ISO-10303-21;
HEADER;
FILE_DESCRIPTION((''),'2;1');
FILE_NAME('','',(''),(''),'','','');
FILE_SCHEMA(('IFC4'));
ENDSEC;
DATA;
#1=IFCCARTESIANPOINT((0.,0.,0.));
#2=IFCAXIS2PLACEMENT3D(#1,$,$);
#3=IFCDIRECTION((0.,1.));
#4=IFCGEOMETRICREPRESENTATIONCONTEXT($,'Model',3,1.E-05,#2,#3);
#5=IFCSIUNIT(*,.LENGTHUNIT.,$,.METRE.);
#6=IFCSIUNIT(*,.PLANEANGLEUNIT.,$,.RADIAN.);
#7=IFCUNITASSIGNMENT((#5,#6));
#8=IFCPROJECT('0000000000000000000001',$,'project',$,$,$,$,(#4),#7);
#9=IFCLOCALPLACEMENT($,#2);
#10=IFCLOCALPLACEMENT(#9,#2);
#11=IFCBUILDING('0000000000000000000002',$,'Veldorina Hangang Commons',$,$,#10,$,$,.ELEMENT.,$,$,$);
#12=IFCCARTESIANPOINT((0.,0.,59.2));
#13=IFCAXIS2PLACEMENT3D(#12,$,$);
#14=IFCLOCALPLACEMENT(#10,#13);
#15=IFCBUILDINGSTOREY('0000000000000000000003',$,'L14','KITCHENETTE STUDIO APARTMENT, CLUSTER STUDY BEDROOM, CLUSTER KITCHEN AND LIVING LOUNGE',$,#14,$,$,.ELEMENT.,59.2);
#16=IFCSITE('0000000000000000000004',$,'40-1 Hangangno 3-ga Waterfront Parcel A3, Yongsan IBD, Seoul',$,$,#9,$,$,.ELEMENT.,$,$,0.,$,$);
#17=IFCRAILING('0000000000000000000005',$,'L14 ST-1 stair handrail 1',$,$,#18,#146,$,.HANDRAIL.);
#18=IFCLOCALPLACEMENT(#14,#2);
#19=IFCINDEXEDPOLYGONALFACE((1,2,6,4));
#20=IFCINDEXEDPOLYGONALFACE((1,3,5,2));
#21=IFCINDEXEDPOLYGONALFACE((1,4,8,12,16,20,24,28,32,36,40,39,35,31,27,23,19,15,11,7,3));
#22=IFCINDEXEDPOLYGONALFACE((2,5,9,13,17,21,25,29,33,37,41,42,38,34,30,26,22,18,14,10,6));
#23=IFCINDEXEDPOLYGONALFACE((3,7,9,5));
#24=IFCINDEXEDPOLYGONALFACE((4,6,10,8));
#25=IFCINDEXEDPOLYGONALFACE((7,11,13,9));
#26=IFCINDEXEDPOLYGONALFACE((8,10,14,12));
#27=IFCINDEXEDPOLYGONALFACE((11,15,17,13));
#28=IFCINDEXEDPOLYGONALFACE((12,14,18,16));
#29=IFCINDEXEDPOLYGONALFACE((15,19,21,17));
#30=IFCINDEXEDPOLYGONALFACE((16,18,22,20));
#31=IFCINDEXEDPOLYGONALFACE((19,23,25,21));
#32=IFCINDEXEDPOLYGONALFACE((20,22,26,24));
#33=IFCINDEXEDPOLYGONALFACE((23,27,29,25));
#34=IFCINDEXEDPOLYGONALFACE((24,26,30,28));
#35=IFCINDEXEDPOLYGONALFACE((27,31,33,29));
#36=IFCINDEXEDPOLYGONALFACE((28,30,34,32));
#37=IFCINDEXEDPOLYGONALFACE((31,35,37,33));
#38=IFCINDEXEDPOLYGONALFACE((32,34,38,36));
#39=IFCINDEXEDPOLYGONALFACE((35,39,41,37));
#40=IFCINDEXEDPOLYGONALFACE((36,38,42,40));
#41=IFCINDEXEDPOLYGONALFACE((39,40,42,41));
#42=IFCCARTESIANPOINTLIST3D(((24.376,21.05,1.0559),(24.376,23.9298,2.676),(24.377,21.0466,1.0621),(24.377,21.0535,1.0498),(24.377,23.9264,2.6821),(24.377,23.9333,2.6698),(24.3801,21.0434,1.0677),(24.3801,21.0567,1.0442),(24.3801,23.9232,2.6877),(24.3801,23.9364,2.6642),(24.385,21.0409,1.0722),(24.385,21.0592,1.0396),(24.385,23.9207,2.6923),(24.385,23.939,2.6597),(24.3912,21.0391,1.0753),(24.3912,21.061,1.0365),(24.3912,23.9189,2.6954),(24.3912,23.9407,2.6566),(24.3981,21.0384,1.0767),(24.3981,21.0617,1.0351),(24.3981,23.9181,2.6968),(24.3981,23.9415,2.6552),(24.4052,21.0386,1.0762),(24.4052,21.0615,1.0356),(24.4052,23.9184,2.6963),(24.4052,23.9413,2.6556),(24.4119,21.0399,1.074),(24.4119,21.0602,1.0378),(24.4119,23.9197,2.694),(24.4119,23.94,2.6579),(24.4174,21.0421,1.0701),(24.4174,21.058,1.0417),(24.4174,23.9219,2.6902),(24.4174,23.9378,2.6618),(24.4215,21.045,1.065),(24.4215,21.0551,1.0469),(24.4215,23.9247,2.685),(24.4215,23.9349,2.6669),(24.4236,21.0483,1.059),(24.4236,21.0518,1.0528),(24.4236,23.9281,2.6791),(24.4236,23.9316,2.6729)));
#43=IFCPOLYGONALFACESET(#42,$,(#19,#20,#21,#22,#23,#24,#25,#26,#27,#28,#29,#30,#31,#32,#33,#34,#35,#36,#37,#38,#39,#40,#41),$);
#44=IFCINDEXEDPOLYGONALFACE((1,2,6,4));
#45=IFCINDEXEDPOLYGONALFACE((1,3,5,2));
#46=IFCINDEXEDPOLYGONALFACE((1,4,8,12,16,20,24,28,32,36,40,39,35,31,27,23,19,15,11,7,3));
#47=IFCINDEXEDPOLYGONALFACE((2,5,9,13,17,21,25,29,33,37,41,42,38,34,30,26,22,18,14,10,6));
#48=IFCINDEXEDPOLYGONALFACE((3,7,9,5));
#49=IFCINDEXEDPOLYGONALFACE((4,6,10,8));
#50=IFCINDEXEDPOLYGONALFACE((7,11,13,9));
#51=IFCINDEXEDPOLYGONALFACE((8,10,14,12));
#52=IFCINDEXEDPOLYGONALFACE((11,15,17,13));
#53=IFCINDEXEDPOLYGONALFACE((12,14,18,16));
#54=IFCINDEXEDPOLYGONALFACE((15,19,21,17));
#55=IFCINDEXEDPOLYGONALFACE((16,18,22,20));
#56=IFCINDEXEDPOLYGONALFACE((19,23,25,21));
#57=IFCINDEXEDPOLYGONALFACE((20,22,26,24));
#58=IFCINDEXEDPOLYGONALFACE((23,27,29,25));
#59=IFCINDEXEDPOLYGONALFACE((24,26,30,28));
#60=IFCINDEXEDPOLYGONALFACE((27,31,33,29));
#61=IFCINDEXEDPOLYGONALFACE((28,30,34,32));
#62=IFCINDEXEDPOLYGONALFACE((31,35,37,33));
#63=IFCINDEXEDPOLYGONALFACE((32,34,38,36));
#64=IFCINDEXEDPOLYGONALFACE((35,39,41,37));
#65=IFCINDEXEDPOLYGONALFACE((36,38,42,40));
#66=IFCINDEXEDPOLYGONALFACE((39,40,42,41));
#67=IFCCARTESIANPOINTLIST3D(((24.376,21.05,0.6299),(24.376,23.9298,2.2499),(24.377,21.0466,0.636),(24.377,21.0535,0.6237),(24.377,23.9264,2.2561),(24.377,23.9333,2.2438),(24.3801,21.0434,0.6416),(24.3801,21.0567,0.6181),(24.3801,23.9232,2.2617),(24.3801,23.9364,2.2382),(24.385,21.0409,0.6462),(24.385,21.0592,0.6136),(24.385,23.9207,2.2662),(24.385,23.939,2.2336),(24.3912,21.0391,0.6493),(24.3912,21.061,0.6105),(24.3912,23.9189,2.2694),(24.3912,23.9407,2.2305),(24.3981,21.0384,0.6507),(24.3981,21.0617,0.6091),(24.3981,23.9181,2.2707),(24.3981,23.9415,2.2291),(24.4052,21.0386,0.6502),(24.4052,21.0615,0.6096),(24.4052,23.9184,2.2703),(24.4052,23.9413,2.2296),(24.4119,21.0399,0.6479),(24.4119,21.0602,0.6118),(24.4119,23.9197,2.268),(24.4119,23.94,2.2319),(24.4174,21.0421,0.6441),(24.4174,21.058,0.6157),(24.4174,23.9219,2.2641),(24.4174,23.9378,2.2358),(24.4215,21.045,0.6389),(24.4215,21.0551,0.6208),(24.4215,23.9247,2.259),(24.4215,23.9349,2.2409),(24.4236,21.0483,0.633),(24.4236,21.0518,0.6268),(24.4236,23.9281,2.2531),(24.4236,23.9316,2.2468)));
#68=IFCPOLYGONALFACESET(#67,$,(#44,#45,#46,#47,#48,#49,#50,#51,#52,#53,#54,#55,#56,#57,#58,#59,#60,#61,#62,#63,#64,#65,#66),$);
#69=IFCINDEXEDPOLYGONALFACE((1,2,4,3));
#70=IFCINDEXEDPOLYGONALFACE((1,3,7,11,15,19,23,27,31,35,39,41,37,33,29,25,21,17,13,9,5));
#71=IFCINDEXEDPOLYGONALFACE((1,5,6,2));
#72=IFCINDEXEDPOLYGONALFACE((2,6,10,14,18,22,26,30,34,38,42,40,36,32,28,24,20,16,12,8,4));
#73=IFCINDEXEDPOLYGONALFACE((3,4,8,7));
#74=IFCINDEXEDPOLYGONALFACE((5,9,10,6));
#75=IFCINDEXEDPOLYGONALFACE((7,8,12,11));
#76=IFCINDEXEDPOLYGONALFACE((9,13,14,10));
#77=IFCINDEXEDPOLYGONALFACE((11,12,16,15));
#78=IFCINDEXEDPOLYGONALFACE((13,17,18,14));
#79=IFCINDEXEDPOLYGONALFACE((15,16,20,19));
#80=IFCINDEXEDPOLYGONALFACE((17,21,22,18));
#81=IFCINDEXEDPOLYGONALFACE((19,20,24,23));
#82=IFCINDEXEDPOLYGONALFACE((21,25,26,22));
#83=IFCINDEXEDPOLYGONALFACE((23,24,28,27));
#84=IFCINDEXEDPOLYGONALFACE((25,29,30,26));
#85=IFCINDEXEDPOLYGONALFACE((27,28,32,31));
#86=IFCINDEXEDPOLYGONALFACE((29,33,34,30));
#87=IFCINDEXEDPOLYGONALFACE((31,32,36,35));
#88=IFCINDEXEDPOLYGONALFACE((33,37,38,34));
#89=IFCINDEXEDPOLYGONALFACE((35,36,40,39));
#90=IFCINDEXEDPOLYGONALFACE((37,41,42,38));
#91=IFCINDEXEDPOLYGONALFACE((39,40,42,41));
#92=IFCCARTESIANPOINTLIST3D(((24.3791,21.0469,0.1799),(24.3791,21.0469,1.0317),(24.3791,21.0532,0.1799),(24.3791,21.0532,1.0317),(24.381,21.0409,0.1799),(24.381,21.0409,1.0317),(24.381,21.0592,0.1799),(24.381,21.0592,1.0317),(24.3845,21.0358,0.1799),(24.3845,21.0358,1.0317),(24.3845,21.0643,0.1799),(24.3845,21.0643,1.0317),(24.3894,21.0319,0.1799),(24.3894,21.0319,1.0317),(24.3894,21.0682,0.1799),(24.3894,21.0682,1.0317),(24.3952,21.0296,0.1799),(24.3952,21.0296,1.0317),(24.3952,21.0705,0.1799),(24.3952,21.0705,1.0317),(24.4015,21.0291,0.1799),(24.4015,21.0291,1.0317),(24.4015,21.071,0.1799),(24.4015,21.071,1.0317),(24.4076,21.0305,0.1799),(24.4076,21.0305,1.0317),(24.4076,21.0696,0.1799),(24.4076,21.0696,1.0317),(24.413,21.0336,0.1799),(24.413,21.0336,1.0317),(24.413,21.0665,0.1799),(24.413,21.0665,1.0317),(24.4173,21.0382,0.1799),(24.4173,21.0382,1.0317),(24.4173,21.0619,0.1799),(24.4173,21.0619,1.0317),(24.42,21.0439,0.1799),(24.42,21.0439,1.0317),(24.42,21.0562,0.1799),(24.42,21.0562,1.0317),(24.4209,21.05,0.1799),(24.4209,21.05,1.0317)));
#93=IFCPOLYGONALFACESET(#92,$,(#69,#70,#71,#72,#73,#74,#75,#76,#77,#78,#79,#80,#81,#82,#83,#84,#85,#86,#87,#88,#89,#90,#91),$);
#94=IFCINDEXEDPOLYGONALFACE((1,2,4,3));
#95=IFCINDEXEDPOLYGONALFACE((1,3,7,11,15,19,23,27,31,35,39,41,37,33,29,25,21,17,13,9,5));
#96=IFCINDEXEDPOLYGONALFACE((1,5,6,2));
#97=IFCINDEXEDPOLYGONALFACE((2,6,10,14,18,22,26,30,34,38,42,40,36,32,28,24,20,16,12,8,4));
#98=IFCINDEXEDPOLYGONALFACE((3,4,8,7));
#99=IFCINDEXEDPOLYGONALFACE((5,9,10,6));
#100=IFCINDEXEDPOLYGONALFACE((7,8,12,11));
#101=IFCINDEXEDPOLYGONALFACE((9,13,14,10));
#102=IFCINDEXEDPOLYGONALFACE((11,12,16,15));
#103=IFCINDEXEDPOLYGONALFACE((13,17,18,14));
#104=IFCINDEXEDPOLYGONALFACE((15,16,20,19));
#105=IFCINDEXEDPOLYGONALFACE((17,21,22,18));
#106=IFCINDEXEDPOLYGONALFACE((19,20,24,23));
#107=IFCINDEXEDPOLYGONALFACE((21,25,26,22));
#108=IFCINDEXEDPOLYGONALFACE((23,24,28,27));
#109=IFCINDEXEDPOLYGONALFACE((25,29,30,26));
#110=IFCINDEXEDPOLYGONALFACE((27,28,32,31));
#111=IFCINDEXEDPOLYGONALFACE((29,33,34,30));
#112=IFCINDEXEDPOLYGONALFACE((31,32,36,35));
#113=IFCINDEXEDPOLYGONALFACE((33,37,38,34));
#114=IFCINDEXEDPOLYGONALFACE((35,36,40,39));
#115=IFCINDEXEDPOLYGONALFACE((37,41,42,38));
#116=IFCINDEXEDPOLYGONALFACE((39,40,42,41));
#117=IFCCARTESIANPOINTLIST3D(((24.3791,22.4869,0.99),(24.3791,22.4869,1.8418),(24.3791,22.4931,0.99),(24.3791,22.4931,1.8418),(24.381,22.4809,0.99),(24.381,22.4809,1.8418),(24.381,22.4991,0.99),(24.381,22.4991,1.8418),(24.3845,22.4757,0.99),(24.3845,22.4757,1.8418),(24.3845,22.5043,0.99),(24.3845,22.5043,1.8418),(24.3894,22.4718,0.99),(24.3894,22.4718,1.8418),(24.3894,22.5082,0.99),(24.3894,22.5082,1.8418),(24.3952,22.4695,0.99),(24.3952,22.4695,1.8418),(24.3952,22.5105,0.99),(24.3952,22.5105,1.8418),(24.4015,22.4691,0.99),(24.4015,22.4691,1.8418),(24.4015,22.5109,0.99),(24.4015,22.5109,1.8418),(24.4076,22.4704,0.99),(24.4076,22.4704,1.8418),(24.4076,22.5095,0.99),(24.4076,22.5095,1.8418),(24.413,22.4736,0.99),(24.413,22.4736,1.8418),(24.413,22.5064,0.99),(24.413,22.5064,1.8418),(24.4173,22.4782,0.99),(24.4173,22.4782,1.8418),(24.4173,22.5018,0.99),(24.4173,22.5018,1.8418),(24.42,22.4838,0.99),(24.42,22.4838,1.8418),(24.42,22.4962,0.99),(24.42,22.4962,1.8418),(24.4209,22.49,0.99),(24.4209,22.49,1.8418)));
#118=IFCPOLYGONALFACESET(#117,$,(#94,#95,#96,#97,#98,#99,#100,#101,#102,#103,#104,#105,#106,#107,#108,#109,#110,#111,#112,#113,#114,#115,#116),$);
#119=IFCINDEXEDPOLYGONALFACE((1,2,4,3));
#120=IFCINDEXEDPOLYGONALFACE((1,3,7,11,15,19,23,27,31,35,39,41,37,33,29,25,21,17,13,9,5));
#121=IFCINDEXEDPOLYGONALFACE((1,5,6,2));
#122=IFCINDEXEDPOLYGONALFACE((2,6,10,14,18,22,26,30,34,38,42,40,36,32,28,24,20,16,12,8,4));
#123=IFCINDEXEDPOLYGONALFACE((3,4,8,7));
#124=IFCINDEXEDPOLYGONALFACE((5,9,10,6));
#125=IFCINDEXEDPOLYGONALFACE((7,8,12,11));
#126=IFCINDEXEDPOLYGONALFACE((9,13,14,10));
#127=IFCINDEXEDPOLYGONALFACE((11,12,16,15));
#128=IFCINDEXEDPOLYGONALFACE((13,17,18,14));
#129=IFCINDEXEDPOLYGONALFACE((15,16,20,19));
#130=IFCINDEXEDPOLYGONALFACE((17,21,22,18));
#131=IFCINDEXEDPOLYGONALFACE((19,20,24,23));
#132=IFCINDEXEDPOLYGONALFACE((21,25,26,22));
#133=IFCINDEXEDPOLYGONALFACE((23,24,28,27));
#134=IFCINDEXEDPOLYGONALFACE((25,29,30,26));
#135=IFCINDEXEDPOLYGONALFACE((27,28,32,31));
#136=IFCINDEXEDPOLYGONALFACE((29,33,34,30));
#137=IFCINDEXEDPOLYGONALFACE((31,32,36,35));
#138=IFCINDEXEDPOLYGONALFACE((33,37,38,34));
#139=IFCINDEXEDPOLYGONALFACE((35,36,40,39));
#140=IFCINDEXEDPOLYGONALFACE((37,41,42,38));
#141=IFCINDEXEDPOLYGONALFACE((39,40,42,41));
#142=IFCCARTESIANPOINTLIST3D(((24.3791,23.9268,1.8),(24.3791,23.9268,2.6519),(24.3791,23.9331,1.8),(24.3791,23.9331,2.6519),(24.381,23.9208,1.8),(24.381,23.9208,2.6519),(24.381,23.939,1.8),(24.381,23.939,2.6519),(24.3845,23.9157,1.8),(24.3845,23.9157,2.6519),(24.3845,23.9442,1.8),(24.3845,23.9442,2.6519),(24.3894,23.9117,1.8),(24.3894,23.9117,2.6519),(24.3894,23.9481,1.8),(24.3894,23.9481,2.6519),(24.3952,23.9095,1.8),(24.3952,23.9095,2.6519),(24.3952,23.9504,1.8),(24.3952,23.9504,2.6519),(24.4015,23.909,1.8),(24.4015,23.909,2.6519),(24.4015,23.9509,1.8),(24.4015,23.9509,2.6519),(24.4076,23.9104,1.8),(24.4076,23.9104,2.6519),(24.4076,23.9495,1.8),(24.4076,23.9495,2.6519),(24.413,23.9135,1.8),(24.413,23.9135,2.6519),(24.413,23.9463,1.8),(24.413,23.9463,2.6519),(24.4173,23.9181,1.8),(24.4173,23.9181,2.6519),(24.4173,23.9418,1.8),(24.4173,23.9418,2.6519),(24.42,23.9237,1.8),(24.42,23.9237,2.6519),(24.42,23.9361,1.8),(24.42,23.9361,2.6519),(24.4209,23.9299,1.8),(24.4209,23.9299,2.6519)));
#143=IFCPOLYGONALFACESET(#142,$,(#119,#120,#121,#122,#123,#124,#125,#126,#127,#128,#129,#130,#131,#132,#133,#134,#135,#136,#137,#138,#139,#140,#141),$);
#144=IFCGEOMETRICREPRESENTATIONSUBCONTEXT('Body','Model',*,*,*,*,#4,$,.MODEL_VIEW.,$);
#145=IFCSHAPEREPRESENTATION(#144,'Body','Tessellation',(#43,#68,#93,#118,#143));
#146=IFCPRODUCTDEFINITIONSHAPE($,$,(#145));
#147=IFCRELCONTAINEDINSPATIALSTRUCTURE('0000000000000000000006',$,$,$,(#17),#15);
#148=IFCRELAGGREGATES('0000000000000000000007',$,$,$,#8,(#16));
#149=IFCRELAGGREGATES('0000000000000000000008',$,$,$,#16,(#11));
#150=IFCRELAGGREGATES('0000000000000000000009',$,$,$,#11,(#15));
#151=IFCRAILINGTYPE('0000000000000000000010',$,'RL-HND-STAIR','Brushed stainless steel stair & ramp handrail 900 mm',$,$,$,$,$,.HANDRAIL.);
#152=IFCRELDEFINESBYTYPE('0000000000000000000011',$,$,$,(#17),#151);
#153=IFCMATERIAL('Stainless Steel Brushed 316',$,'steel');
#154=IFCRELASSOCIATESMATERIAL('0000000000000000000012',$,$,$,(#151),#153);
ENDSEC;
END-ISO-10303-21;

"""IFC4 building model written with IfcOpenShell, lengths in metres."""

from ifc_helpers import new_model, si_unit, direction, frame, origin, origin_2d, place, context, subcontext, project, spatial, circle, extrude, material, type_object, element, save


model = new_model("IFC4")

# Units and contexts
model_context = context("Model", 3, precision=1e-05, world=origin(), true_north=direction((0.0, 1.0)))
body_context = subcontext(model_context, "Body", "Model", "MODEL_VIEW")
ifc_project = project(units=[si_unit("LENGTHUNIT", "METRE"), si_unit("PLANEANGLEUNIT", "RADIAN")], contexts=[model_context])

# Site, building, storey
site_placement = place(None, origin())
site = spatial("IfcSite", under=ifc_project, at=site_placement, Name="40-1 Hangangno 3-ga Waterfront Parcel A3, Yongsan IBD, Seoul", CompositionType="ELEMENT", RefElevation=0.0)
building_placement = place(site_placement, origin())
building = spatial("IfcBuilding", under=site, at=building_placement, Name="Veldorina Hangang Commons", CompositionType="ELEMENT")
storey_placement = place(building_placement, frame((0.0, 0.0, 59.2)))
storey = spatial("IfcBuildingStorey", under=building, at=storey_placement, Name="L14", Description="KITCHENETTE STUDIO APARTMENT, CLUSTER STUDY BEDROOM, CLUSTER KITCHEN AND LIVING LOUNGE", CompositionType="ELEMENT", Elevation=59.2)

# Railing
ifc_material_1 = material(Name="Stainless Steel Brushed 316", Category="steel")
railing_type_1 = type_object("IfcRailingType", Name="RL-HND-STAIR", Description="Brushed stainless steel stair & ramp handrail 900 mm", PredefinedType="HANDRAIL", material=ifc_material_1)
railing_1_placement = place(storey_placement, frame((24.3999, 21.05, 0.1799)))
element("IfcRailing", 1, at=railing_1_placement, inside=storey, type_object=railing_type_1, Name="L14 ST-1 stair handrail 1", PredefinedType="HANDRAIL", context=body_context, shape_type="SweptSolid", body=[
    extrude(circle(Radius=0.0239, at=origin_2d()), frame((0.0, 0.0, 0.876), z_axis=(0.0, 0.871552, 0.490303), x_axis=(-1.0, 0.0, 0.0)), (0.0, 0.0, 1.0), 3.3042),
    extrude(circle(Radius=0.0239, at=origin_2d()), frame((0.0, 0.0, 0.45), z_axis=(0.0, 0.871552, 0.490303), x_axis=(-1.0, 0.0, 0.0)), (0.0, 0.0, 1.0), 3.3042),
    extrude(circle(Radius=0.021, at=origin_2d()), origin(), (0.0, 0.0, 1.0), 0.8518),
    extrude(circle(Radius=0.021, at=origin_2d()), frame((0.0, 1.4399, 0.8101)), (0.0, 0.0, 1.0), 0.8518),
    extrude(circle(Radius=0.021, at=origin_2d()), frame((0.0, 2.8799, 1.6201)), (0.0, 0.0, 1.0), 0.8518),
])

save(model, "model.ifc")
